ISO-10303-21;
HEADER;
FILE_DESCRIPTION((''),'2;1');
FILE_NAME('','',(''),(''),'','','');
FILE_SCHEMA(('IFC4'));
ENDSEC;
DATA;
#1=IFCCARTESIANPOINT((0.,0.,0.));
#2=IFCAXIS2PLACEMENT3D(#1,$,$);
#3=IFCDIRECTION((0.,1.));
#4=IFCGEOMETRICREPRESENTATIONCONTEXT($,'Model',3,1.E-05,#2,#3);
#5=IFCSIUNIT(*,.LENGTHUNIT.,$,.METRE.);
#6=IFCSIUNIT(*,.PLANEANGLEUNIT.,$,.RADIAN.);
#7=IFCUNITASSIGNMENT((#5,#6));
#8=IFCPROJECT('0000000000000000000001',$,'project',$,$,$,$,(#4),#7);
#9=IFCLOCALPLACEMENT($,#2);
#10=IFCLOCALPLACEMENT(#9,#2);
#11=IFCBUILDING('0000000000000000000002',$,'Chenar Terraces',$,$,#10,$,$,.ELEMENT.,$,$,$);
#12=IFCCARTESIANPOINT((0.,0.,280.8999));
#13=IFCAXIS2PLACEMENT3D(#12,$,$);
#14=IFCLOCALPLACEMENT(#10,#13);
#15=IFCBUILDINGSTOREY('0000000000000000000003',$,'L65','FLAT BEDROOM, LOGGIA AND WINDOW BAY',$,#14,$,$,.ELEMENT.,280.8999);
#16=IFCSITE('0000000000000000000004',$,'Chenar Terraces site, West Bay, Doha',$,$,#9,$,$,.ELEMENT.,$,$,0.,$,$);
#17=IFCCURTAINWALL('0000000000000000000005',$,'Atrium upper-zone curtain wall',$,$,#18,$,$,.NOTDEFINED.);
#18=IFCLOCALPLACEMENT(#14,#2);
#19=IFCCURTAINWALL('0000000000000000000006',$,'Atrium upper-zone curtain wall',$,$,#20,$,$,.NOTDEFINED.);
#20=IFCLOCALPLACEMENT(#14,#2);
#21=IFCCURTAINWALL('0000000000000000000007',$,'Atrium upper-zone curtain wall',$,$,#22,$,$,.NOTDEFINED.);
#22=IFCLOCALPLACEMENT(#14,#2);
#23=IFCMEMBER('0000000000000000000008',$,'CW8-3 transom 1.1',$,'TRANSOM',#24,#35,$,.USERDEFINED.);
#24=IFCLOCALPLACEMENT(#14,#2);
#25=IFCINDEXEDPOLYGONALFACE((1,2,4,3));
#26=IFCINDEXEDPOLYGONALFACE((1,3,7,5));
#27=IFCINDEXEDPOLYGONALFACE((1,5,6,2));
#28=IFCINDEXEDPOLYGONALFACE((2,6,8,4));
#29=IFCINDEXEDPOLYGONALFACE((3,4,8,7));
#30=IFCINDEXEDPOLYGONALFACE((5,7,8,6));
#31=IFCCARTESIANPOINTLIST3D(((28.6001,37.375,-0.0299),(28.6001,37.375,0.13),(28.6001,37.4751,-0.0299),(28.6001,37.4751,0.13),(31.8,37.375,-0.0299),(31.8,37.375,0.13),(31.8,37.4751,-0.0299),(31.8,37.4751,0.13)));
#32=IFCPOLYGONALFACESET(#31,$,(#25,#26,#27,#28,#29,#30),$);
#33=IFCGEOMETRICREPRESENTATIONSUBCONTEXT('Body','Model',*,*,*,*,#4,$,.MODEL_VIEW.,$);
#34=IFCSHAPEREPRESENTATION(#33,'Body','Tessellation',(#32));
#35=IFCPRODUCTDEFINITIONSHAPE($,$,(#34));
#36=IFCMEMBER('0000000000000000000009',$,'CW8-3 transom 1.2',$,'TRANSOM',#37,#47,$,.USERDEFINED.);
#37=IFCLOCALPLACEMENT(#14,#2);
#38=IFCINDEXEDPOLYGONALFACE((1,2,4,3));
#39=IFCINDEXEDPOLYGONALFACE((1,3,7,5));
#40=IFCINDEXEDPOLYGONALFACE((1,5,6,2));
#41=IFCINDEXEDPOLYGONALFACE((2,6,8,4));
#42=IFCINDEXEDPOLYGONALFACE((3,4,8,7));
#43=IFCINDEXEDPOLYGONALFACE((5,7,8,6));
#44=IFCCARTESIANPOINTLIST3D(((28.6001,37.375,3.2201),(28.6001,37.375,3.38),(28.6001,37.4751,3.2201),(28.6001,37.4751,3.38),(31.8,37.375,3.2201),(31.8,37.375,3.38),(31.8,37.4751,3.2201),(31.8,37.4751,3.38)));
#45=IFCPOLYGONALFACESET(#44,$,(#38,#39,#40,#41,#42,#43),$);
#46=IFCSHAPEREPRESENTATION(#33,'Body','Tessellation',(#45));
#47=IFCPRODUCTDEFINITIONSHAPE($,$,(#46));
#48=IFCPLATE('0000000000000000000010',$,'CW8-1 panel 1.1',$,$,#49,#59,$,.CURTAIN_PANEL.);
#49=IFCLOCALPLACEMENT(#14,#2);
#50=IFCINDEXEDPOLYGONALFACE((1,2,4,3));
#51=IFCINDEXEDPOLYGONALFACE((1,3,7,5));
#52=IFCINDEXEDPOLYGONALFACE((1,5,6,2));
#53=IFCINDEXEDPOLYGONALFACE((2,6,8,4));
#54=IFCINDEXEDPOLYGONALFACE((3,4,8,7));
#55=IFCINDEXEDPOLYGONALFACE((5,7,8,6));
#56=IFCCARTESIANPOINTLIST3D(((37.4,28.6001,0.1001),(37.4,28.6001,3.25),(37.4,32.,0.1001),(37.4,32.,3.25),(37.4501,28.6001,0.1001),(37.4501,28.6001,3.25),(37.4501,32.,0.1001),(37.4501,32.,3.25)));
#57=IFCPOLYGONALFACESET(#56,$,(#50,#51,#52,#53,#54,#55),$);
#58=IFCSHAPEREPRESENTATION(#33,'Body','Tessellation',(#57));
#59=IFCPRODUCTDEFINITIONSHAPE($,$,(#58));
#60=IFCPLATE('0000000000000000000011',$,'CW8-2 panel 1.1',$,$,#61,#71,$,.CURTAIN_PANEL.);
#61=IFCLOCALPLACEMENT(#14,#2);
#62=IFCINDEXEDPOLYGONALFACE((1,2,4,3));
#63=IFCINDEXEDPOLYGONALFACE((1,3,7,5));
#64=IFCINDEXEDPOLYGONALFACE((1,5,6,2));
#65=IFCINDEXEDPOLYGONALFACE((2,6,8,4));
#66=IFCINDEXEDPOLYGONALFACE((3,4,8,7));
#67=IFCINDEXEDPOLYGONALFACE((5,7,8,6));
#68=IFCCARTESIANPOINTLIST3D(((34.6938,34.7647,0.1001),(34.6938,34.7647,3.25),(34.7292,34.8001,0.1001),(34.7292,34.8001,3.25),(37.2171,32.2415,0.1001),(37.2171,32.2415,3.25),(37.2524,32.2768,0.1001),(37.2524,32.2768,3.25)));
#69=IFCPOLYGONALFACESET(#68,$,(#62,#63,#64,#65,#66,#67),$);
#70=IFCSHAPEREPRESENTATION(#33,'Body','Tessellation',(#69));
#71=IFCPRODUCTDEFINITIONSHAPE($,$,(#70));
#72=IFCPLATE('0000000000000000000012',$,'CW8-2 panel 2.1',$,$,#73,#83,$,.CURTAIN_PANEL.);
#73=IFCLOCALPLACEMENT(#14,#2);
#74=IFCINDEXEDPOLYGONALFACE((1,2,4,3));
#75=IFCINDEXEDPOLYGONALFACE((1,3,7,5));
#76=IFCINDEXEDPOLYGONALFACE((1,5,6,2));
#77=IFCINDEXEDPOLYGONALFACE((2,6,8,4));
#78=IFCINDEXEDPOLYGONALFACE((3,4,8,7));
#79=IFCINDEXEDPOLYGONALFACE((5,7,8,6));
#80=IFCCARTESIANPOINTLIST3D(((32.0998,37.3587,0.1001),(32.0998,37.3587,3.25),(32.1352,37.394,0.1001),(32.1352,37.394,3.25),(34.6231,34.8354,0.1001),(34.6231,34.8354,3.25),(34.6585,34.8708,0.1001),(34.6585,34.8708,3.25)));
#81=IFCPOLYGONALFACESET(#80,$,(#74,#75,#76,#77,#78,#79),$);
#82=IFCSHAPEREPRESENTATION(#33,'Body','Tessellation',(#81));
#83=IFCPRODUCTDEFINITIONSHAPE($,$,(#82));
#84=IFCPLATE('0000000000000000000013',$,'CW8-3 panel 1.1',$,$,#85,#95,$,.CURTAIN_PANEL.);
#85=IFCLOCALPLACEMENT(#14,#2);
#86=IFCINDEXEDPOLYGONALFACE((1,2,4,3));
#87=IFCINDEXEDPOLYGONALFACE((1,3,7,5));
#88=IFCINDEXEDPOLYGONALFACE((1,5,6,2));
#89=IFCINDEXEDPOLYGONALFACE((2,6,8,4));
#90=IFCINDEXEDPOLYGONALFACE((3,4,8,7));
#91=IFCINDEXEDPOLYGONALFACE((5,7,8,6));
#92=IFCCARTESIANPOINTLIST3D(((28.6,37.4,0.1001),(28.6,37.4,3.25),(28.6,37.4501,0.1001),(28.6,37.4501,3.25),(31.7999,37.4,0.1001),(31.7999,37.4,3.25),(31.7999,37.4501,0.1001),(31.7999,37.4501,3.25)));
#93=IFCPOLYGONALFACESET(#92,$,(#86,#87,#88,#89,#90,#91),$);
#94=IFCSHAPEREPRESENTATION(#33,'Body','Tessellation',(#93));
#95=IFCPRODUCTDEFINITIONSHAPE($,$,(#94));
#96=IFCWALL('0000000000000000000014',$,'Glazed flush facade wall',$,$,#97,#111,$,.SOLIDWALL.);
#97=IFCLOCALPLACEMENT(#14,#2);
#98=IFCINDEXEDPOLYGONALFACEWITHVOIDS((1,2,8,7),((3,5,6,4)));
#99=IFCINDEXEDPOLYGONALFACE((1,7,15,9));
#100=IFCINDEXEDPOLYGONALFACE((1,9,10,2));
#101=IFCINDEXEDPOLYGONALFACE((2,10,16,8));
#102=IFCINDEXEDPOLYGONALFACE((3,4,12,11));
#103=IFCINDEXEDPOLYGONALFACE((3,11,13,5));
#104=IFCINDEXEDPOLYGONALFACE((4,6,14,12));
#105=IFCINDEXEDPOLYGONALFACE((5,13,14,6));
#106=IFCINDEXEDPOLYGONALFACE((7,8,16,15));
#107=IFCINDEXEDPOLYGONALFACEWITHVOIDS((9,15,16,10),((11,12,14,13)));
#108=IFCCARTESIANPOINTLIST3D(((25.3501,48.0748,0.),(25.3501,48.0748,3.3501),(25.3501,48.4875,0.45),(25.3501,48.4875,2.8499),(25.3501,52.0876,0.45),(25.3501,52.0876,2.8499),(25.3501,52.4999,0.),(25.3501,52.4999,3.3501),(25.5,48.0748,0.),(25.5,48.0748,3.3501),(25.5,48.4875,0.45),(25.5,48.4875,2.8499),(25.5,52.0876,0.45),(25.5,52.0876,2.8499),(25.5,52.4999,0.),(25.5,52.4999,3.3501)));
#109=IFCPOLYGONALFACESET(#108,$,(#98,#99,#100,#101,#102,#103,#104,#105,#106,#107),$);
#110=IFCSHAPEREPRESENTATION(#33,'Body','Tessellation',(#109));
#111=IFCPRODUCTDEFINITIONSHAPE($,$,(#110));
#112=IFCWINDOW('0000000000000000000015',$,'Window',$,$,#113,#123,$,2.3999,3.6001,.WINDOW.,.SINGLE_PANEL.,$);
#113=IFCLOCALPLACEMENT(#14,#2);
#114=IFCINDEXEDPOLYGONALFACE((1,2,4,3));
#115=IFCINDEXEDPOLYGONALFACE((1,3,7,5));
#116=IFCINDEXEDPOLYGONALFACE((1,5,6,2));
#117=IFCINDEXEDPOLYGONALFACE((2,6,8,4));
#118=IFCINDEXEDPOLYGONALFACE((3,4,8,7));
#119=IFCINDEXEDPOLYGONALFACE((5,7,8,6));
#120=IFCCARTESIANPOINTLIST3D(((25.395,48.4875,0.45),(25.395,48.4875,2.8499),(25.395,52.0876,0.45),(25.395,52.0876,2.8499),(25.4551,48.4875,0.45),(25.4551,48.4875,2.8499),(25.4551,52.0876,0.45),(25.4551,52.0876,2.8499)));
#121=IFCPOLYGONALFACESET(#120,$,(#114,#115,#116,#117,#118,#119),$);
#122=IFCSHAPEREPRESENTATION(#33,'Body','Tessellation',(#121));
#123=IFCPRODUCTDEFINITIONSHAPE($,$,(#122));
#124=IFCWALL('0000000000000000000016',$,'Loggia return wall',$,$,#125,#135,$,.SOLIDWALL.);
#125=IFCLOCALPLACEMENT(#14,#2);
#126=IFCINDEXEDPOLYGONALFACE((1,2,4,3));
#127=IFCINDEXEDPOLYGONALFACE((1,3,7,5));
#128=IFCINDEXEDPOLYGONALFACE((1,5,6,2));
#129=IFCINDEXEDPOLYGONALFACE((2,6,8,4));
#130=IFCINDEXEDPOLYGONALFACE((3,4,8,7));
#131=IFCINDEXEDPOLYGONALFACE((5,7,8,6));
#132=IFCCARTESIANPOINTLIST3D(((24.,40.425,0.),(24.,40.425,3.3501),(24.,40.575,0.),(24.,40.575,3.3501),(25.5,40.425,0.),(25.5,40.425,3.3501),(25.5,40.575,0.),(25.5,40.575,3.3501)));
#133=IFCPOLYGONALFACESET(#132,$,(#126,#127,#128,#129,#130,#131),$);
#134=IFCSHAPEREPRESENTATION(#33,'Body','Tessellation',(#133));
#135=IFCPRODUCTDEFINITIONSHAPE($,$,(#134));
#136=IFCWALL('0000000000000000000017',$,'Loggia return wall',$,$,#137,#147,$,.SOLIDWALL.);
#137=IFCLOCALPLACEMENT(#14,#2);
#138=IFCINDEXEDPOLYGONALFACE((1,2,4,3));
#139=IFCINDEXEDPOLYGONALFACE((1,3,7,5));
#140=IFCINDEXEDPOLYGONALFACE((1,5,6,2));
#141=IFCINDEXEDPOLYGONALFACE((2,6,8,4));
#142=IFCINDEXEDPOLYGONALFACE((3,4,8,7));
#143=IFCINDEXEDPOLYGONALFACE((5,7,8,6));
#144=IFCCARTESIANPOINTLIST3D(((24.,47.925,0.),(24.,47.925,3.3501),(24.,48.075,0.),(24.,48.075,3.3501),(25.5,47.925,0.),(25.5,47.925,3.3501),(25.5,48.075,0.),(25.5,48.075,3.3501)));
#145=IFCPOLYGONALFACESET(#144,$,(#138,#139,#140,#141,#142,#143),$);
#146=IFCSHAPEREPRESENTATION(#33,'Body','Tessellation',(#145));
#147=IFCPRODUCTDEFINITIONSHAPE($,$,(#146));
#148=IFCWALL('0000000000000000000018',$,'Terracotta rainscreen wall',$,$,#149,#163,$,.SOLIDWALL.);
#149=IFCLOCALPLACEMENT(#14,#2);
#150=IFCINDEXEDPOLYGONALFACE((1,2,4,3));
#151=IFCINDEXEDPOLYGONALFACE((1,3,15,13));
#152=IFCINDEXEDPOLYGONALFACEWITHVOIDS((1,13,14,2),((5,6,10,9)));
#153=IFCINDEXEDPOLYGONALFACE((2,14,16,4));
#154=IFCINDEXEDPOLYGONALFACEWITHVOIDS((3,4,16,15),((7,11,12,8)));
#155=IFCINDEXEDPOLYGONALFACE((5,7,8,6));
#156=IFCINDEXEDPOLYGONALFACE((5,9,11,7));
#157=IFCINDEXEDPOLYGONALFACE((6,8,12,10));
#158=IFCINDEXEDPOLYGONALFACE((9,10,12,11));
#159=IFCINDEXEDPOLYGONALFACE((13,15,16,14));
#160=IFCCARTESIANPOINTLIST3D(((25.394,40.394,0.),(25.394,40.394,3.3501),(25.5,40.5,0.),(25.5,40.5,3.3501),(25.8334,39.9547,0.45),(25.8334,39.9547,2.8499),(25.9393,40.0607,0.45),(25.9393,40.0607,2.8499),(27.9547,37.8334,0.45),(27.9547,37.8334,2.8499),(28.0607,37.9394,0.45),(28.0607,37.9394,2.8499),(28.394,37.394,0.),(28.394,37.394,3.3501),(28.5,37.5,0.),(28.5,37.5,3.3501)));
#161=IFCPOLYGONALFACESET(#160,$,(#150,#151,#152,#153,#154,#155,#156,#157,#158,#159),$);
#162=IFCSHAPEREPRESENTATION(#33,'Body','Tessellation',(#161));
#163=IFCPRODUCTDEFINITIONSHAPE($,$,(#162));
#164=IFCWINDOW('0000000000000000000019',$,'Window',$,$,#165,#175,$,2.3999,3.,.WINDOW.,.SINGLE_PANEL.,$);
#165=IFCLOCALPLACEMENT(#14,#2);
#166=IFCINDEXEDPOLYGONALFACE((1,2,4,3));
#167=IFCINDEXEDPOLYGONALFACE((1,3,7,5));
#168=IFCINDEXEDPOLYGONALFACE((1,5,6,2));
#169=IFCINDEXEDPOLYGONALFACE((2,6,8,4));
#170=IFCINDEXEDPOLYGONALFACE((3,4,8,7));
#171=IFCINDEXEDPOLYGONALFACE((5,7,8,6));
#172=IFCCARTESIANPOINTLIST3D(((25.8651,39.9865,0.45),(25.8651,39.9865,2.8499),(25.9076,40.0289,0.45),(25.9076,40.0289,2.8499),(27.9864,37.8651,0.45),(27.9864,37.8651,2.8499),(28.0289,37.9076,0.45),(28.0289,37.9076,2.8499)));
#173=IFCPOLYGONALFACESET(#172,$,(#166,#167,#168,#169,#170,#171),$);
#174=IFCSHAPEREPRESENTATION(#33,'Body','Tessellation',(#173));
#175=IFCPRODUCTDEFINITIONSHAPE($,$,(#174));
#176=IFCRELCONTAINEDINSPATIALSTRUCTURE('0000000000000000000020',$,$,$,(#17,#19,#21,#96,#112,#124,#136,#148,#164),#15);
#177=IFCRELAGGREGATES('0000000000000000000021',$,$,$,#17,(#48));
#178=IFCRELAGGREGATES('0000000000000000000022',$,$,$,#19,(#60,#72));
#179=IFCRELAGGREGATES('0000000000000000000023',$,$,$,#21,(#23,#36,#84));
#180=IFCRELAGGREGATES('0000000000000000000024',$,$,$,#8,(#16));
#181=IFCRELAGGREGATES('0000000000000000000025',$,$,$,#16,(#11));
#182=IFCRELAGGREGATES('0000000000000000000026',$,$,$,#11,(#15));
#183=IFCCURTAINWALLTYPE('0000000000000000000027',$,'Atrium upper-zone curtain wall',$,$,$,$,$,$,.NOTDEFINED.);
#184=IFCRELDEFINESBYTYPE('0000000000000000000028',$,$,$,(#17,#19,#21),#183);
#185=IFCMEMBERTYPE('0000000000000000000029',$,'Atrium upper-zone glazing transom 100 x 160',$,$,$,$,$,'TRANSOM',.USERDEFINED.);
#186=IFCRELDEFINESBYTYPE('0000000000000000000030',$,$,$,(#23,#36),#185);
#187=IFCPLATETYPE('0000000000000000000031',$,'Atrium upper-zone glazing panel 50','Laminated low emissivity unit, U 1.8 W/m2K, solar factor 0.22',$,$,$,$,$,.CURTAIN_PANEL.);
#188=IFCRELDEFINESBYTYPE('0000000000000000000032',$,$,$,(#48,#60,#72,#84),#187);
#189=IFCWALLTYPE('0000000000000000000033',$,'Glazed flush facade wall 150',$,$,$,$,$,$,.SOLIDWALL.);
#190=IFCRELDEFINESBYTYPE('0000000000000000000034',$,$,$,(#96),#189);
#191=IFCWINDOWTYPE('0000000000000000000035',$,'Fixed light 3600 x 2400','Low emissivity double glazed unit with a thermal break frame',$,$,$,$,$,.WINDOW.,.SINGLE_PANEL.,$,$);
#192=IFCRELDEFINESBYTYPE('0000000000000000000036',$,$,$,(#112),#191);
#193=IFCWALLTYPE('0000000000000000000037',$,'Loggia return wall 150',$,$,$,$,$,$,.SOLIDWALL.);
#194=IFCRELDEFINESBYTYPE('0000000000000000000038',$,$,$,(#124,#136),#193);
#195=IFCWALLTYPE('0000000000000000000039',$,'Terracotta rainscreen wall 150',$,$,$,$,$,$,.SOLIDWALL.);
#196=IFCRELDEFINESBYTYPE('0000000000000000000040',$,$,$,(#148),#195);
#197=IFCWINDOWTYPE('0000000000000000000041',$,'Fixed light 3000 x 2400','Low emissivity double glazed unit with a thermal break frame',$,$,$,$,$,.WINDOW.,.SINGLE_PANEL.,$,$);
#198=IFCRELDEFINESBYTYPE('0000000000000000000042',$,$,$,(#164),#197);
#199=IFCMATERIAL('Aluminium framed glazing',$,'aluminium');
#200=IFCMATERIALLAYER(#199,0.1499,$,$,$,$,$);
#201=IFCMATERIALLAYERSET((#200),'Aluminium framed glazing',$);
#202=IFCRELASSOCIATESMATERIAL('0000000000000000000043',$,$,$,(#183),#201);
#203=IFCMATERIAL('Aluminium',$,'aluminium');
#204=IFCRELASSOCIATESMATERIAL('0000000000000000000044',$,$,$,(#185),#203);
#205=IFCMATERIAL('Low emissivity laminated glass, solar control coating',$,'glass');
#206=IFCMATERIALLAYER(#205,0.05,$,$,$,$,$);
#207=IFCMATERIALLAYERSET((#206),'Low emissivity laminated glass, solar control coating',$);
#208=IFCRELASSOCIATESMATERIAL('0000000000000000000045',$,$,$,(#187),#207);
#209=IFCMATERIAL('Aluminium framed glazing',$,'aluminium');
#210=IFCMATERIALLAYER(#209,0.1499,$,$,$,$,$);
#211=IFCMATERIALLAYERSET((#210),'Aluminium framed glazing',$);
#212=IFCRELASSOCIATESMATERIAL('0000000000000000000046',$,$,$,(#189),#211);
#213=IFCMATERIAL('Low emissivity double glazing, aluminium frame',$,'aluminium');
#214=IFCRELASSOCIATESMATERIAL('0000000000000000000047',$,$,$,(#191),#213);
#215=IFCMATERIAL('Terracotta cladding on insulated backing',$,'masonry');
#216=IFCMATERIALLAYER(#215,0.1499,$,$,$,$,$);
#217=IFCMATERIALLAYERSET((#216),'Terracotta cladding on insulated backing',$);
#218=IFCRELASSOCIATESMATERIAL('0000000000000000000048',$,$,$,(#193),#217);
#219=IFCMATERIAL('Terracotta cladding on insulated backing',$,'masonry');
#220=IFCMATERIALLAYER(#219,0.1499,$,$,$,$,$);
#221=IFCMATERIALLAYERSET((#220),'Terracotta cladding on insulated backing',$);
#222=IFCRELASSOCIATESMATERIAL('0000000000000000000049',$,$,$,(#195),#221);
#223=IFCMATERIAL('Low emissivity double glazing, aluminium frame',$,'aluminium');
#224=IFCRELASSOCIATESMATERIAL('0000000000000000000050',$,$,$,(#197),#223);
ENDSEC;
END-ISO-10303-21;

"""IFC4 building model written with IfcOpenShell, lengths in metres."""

from ifc_helpers import new_model, si_unit, direction, frame, frame_2d, origin, origin_2d, place, context, subcontext, project, spatial, rectangle, extrude, material, layer, layer_set, material_profile, profile_set, type_object, element, fill, aggregate, save


model = new_model("IFC4")

# Units and contexts
model_context = context("Model", 3, precision=1e-05, world=origin(), true_north=direction((0.0, 1.0)))
body_context = subcontext(model_context, "Body", "Model", "MODEL_VIEW")
ifc_project = project(units=[si_unit("LENGTHUNIT", "METRE"), si_unit("PLANEANGLEUNIT", "RADIAN")], contexts=[model_context])

# Site, building, storey
site_placement = place(None, origin())
site = spatial("IfcSite", under=ifc_project, at=site_placement, Name="Chenar Terraces site, West Bay, Doha", CompositionType="ELEMENT", RefElevation=0.0)
building_placement = place(site_placement, origin())
building = spatial("IfcBuilding", under=site, at=building_placement, Name="Chenar Terraces", CompositionType="ELEMENT")
storey_placement = place(building_placement, frame((0.0, 0.0, 280.8999)))
storey = spatial("IfcBuildingStorey", under=building, at=storey_placement, Name="L65", Description="FLAT BEDROOM, LOGGIA AND WINDOW BAY", CompositionType="ELEMENT", Elevation=280.8999)

# Curtain walls
ifc_material_1 = material(Name="Aluminium framed glazing", Category="aluminium")
ifc_layer_1 = layer(ifc_material_1, 0.1499)
ifc_layer_set_1 = layer_set([ifc_layer_1], Name="Aluminium framed glazing")
curtain_wall_type = type_object("IfcCurtainWallType", Name="Atrium upper-zone curtain wall", PredefinedType="NOTDEFINED", material=ifc_layer_set_1)
placement = place(storey_placement, origin())
curtain_wall_1 = element("IfcCurtainWall", 1, at=placement, inside=storey, type_object=curtain_wall_type, Name="Atrium upper-zone curtain wall", PredefinedType="NOTDEFINED")
curtain_wall_2 = element("IfcCurtainWall", 2, at=placement, inside=storey, type_object=curtain_wall_type, Name="Atrium upper-zone curtain wall", PredefinedType="NOTDEFINED")
curtain_wall_3 = element("IfcCurtainWall", 3, at=placement, inside=storey, type_object=curtain_wall_type, Name="Atrium upper-zone curtain wall", PredefinedType="NOTDEFINED")

# Members
ifc_material_2 = material(Name="Aluminium", Category="aluminium")
ifc_material_profile_1 = material_profile(ifc_material_2, rectangle(XDim=0.1001, YDim=0.1599, at=origin_2d()), Name="Atrium upper-zone glazing transom 100 x 160")
ifc_profile_set_1 = profile_set([ifc_material_profile_1], Name="Aluminium")
member_type_1 = type_object("IfcMemberType", Name="Atrium upper-zone glazing transom 100 x 160", ElementType="TRANSOM", PredefinedType="USERDEFINED", material=ifc_profile_set_1)
member_1_placement = place(storey_placement, frame((31.8, 37.425, 0.05), z_axis=(-1.0, 0.0, 0.0), x_axis=(0.0, -1.0, 0.0)))
member_1 = element("IfcMember", 4, at=member_1_placement, type_object=member_type_1, Name="CW8-3 transom 1.1", ObjectType="TRANSOM", PredefinedType="USERDEFINED", context=body_context, shape_type="SweptSolid", body=[
    extrude(rectangle(XDim=0.1001, YDim=0.1599, at=origin_2d()), origin(), (0.0, 0.0, 1.0), 3.2),
])
member_2_placement = place(storey_placement, frame((31.8, 37.425, 3.3), z_axis=(-1.0, 0.0, 0.0), x_axis=(0.0, -1.0, 0.0)))
member_2 = element("IfcMember", 5, at=member_2_placement, type_object=member_type_1, Name="CW8-3 transom 1.2", ObjectType="TRANSOM", PredefinedType="USERDEFINED", context=body_context, shape_type="SweptSolid", body=[
    extrude(rectangle(XDim=0.1001, YDim=0.1599, at=origin_2d()), origin(), (0.0, 0.0, 1.0), 3.2),
])

# Plates
ifc_material_3 = material(Name="Low emissivity laminated glass, solar control coating", Category="glass")
ifc_layer_2 = layer(ifc_material_3, 0.05)
ifc_layer_set_2 = layer_set([ifc_layer_2], Name="Low emissivity laminated glass, solar control coating")
plate_type = type_object("IfcPlateType", Name="Atrium upper-zone glazing panel 50", Description="Laminated low emissivity unit, U 1.8 W/m2K, solar factor 0.22", PredefinedType="CURTAIN_PANEL", material=ifc_layer_set_2)
plate_1_placement = place(storey_placement, frame((37.425, 30.3, 0.1001), z_axis=(0.0, 0.0, 1.0), x_axis=(0.0, 1.0, 0.0)))
plate_1 = element("IfcPlate", 6, at=plate_1_placement, type_object=plate_type, Name="CW8-1 panel 1.1", PredefinedType="CURTAIN_PANEL", context=body_context, shape_type="SweptSolid", body=[
    extrude(rectangle(XDim=3.3999, YDim=0.05, at=origin_2d()), origin(), (0.0, 0.0, 1.0), 3.1499),
])
aggregate(curtain_wall_1, [plate_1])
plate_2_placement = place(storey_placement, frame((35.9731, 33.5208, 0.1001), z_axis=(0.0, 0.0, 1.0), x_axis=(-0.707107, 0.707107, 0.0)))
plate_2 = element("IfcPlate", 7, at=plate_2_placement, type_object=plate_type, Name="CW8-2 panel 1.1", PredefinedType="CURTAIN_PANEL", context=body_context, shape_type="SweptSolid", body=[
    extrude(rectangle(XDim=3.5684, YDim=0.05, at=origin_2d()), origin(), (0.0, 0.0, 1.0), 3.1499),
])
plate_3_placement = place(storey_placement, frame((33.3792, 36.1147, 0.1001), z_axis=(0.0, 0.0, 1.0), x_axis=(-0.707107, 0.707107, 0.0)))
plate_3 = element("IfcPlate", 8, at=plate_3_placement, type_object=plate_type, Name="CW8-2 panel 2.1", PredefinedType="CURTAIN_PANEL", context=body_context, shape_type="SweptSolid", body=[
    extrude(rectangle(XDim=3.5684, YDim=0.05, at=origin_2d()), origin(), (0.0, 0.0, 1.0), 3.1499),
])
aggregate(curtain_wall_2, [plate_2, plate_3])
plate_4_placement = place(storey_placement, frame((30.2, 37.425, 0.1001), z_axis=(0.0, 0.0, 1.0), x_axis=(-1.0, 0.0, 0.0)))
plate_4 = element("IfcPlate", 9, at=plate_4_placement, type_object=plate_type, Name="CW8-3 panel 1.1", PredefinedType="CURTAIN_PANEL", context=body_context, shape_type="SweptSolid", body=[
    extrude(rectangle(XDim=3.2, YDim=0.05, at=origin_2d()), origin(), (0.0, 0.0, 1.0), 3.1499),
])
aggregate(curtain_wall_3, [member_1, member_2, plate_4])

# Wall, opening, window
ifc_material_4 = material(Name="Aluminium framed glazing", Category="aluminium")
ifc_layer_3 = layer(ifc_material_4, 0.1499)
ifc_layer_set_3 = layer_set([ifc_layer_3], Name="Aluminium framed glazing")
wall_type_1 = type_object("IfcWallType", Name="Glazed flush facade wall 150", PredefinedType="SOLIDWALL", material=ifc_layer_set_3)
wall_1_placement = place(storey_placement, frame((25.425, 48.075, 0.0), z_axis=(0.0, 0.0, 1.0), x_axis=(0.0, 1.0, 0.0)))
wall_1 = element("IfcWall", 10, at=wall_1_placement, inside=storey, type_object=wall_type_1, Name="Glazed flush facade wall", PredefinedType="SOLIDWALL", context=body_context, shape_type="SweptSolid", body=[
    extrude(rectangle(XDim=4.425, YDim=0.1499, at=frame_2d((2.2124, 0.0))), origin(), (0.0, 0.0, 1.0), 3.3501),
])
opening_1_placement = place(wall_1_placement, frame((0.4126, 0.0, 0.45)))
opening_1 = element("IfcOpeningElement", 11, at=opening_1_placement, cuts=wall_1, PredefinedType="OPENING", context=body_context, shape_type="SweptSolid", body=[
    extrude(rectangle(XDim=3.6001, YDim=2.3999, at=frame_2d((1.8, 1.2))), frame((0.0, 0.085, 0.0), z_axis=(0.0, -1.0, 0.0), x_axis=(1.0, 0.0, 0.0)), (0.0, 0.0, 1.0), 0.1699),
])
ifc_material_5 = material(Name="Low emissivity double glazing, aluminium frame", Category="aluminium")
window_type_1 = type_object("IfcWindowType", Name="Fixed light 3600 x 2400", Description="Low emissivity double glazed unit with a thermal break frame", PartitioningType="SINGLE_PANEL", PredefinedType="WINDOW", material=ifc_material_5)
window_1_placement = place(opening_1_placement, origin())
window_1 = element("IfcWindow", 12, at=window_1_placement, inside=storey, type_object=window_type_1, Name="Window", OverallHeight=2.3999, OverallWidth=3.6001, PartitioningType="SINGLE_PANEL", PredefinedType="WINDOW", context=body_context, shape_type="SweptSolid", body=[
    extrude(rectangle(XDim=3.6001, YDim=2.3999, at=frame_2d((1.8, 1.2))), frame((0.0, 0.03, 0.0), z_axis=(0.0, -1.0, 0.0), x_axis=(1.0, 0.0, 0.0)), (0.0, 0.0, 1.0), 0.0601),
])
fill(opening_1, window_1)

# Walls
ifc_material_6 = material(Name="Terracotta cladding on insulated backing", Category="masonry")
ifc_layer_4 = layer(ifc_material_6, 0.1499)
ifc_layer_set_4 = layer_set([ifc_layer_4], Name="Terracotta cladding on insulated backing")
wall_type_2 = type_object("IfcWallType", Name="Loggia return wall 150", PredefinedType="SOLIDWALL", material=ifc_layer_set_4)
for number, where, z_axis, x_axis, name in (
    (13, (25.5, 40.5, 0.0), (0.0, 0.0, 1.0), (-1.0, 0.0, 0.0), "Loggia return wall"),
    (14, (25.5, 48.0, 0.0), (0.0, 0.0, 1.0), (-1.0, 0.0, 0.0), "Loggia return wall"),
):
    element("IfcWall", number, at=place(storey_placement, frame(where, z_axis=z_axis, x_axis=x_axis)), inside=storey, type_object=wall_type_2, Name=name, PredefinedType="SOLIDWALL", context=body_context, shape_type="SweptSolid", body=[
        extrude(rectangle(XDim=1.5, YDim=0.1499, at=frame_2d((0.75, 0.0))), origin(), (0.0, 0.0, 1.0), 3.3501),
    ])

# Wall, opening, window
ifc_material_7 = material(Name="Terracotta cladding on insulated backing", Category="masonry")
ifc_layer_5 = layer(ifc_material_7, 0.1499)
ifc_layer_set_5 = layer_set([ifc_layer_5], Name="Terracotta cladding on insulated backing")
wall_type_3 = type_object("IfcWallType", Name="Terracotta rainscreen wall 150", PredefinedType="SOLIDWALL", material=ifc_layer_set_5)
wall_2_placement = place(storey_placement, frame((28.447, 37.447, 0.0), z_axis=(0.0, 0.0, 1.0), x_axis=(-0.707107, 0.707107, 0.0)))
wall_2 = element("IfcWall", 15, at=wall_2_placement, inside=storey, type_object=wall_type_3, Name="Terracotta rainscreen wall", PredefinedType="SOLIDWALL", context=body_context, shape_type="SweptSolid", body=[
    extrude(rectangle(XDim=4.2427, YDim=0.1499, at=frame_2d((2.1213, 0.0))), origin(), (0.0, 0.0, 1.0), 3.3501),
])
opening_2_placement = place(wall_2_placement, frame((0.6213, 0.0, 0.45)))
opening_2 = element("IfcOpeningElement", 16, at=opening_2_placement, cuts=wall_2, PredefinedType="OPENING", context=body_context, shape_type="SweptSolid", body=[
    extrude(rectangle(XDim=3.0, YDim=2.3999, at=frame_2d((1.5, 1.2))), frame((0.0, 0.085, 0.0), z_axis=(0.0, -1.0, 0.0), x_axis=(1.0, 0.0, 0.0)), (0.0, 0.0, 1.0), 0.1699),
])
ifc_material_8 = material(Name="Low emissivity double glazing, aluminium frame", Category="aluminium")
window_type_2 = type_object("IfcWindowType", Name="Fixed light 3000 x 2400", Description="Low emissivity double glazed unit with a thermal break frame", PartitioningType="SINGLE_PANEL", PredefinedType="WINDOW", material=ifc_material_8)
window_2_placement = place(opening_2_placement, origin())
window_2 = element("IfcWindow", 17, at=window_2_placement, inside=storey, type_object=window_type_2, Name="Window", OverallHeight=2.3999, OverallWidth=3.0, PartitioningType="SINGLE_PANEL", PredefinedType="WINDOW", context=body_context, shape_type="SweptSolid", body=[
    extrude(rectangle(XDim=3.0, YDim=2.3999, at=frame_2d((1.5, 1.2))), frame((0.0, 0.03, 0.0), z_axis=(0.0, -1.0, 0.0), x_axis=(1.0, 0.0, 0.0)), (0.0, 0.0, 1.0), 0.0601),
])
fill(opening_2, window_2)

save(model, "model.ifc")
